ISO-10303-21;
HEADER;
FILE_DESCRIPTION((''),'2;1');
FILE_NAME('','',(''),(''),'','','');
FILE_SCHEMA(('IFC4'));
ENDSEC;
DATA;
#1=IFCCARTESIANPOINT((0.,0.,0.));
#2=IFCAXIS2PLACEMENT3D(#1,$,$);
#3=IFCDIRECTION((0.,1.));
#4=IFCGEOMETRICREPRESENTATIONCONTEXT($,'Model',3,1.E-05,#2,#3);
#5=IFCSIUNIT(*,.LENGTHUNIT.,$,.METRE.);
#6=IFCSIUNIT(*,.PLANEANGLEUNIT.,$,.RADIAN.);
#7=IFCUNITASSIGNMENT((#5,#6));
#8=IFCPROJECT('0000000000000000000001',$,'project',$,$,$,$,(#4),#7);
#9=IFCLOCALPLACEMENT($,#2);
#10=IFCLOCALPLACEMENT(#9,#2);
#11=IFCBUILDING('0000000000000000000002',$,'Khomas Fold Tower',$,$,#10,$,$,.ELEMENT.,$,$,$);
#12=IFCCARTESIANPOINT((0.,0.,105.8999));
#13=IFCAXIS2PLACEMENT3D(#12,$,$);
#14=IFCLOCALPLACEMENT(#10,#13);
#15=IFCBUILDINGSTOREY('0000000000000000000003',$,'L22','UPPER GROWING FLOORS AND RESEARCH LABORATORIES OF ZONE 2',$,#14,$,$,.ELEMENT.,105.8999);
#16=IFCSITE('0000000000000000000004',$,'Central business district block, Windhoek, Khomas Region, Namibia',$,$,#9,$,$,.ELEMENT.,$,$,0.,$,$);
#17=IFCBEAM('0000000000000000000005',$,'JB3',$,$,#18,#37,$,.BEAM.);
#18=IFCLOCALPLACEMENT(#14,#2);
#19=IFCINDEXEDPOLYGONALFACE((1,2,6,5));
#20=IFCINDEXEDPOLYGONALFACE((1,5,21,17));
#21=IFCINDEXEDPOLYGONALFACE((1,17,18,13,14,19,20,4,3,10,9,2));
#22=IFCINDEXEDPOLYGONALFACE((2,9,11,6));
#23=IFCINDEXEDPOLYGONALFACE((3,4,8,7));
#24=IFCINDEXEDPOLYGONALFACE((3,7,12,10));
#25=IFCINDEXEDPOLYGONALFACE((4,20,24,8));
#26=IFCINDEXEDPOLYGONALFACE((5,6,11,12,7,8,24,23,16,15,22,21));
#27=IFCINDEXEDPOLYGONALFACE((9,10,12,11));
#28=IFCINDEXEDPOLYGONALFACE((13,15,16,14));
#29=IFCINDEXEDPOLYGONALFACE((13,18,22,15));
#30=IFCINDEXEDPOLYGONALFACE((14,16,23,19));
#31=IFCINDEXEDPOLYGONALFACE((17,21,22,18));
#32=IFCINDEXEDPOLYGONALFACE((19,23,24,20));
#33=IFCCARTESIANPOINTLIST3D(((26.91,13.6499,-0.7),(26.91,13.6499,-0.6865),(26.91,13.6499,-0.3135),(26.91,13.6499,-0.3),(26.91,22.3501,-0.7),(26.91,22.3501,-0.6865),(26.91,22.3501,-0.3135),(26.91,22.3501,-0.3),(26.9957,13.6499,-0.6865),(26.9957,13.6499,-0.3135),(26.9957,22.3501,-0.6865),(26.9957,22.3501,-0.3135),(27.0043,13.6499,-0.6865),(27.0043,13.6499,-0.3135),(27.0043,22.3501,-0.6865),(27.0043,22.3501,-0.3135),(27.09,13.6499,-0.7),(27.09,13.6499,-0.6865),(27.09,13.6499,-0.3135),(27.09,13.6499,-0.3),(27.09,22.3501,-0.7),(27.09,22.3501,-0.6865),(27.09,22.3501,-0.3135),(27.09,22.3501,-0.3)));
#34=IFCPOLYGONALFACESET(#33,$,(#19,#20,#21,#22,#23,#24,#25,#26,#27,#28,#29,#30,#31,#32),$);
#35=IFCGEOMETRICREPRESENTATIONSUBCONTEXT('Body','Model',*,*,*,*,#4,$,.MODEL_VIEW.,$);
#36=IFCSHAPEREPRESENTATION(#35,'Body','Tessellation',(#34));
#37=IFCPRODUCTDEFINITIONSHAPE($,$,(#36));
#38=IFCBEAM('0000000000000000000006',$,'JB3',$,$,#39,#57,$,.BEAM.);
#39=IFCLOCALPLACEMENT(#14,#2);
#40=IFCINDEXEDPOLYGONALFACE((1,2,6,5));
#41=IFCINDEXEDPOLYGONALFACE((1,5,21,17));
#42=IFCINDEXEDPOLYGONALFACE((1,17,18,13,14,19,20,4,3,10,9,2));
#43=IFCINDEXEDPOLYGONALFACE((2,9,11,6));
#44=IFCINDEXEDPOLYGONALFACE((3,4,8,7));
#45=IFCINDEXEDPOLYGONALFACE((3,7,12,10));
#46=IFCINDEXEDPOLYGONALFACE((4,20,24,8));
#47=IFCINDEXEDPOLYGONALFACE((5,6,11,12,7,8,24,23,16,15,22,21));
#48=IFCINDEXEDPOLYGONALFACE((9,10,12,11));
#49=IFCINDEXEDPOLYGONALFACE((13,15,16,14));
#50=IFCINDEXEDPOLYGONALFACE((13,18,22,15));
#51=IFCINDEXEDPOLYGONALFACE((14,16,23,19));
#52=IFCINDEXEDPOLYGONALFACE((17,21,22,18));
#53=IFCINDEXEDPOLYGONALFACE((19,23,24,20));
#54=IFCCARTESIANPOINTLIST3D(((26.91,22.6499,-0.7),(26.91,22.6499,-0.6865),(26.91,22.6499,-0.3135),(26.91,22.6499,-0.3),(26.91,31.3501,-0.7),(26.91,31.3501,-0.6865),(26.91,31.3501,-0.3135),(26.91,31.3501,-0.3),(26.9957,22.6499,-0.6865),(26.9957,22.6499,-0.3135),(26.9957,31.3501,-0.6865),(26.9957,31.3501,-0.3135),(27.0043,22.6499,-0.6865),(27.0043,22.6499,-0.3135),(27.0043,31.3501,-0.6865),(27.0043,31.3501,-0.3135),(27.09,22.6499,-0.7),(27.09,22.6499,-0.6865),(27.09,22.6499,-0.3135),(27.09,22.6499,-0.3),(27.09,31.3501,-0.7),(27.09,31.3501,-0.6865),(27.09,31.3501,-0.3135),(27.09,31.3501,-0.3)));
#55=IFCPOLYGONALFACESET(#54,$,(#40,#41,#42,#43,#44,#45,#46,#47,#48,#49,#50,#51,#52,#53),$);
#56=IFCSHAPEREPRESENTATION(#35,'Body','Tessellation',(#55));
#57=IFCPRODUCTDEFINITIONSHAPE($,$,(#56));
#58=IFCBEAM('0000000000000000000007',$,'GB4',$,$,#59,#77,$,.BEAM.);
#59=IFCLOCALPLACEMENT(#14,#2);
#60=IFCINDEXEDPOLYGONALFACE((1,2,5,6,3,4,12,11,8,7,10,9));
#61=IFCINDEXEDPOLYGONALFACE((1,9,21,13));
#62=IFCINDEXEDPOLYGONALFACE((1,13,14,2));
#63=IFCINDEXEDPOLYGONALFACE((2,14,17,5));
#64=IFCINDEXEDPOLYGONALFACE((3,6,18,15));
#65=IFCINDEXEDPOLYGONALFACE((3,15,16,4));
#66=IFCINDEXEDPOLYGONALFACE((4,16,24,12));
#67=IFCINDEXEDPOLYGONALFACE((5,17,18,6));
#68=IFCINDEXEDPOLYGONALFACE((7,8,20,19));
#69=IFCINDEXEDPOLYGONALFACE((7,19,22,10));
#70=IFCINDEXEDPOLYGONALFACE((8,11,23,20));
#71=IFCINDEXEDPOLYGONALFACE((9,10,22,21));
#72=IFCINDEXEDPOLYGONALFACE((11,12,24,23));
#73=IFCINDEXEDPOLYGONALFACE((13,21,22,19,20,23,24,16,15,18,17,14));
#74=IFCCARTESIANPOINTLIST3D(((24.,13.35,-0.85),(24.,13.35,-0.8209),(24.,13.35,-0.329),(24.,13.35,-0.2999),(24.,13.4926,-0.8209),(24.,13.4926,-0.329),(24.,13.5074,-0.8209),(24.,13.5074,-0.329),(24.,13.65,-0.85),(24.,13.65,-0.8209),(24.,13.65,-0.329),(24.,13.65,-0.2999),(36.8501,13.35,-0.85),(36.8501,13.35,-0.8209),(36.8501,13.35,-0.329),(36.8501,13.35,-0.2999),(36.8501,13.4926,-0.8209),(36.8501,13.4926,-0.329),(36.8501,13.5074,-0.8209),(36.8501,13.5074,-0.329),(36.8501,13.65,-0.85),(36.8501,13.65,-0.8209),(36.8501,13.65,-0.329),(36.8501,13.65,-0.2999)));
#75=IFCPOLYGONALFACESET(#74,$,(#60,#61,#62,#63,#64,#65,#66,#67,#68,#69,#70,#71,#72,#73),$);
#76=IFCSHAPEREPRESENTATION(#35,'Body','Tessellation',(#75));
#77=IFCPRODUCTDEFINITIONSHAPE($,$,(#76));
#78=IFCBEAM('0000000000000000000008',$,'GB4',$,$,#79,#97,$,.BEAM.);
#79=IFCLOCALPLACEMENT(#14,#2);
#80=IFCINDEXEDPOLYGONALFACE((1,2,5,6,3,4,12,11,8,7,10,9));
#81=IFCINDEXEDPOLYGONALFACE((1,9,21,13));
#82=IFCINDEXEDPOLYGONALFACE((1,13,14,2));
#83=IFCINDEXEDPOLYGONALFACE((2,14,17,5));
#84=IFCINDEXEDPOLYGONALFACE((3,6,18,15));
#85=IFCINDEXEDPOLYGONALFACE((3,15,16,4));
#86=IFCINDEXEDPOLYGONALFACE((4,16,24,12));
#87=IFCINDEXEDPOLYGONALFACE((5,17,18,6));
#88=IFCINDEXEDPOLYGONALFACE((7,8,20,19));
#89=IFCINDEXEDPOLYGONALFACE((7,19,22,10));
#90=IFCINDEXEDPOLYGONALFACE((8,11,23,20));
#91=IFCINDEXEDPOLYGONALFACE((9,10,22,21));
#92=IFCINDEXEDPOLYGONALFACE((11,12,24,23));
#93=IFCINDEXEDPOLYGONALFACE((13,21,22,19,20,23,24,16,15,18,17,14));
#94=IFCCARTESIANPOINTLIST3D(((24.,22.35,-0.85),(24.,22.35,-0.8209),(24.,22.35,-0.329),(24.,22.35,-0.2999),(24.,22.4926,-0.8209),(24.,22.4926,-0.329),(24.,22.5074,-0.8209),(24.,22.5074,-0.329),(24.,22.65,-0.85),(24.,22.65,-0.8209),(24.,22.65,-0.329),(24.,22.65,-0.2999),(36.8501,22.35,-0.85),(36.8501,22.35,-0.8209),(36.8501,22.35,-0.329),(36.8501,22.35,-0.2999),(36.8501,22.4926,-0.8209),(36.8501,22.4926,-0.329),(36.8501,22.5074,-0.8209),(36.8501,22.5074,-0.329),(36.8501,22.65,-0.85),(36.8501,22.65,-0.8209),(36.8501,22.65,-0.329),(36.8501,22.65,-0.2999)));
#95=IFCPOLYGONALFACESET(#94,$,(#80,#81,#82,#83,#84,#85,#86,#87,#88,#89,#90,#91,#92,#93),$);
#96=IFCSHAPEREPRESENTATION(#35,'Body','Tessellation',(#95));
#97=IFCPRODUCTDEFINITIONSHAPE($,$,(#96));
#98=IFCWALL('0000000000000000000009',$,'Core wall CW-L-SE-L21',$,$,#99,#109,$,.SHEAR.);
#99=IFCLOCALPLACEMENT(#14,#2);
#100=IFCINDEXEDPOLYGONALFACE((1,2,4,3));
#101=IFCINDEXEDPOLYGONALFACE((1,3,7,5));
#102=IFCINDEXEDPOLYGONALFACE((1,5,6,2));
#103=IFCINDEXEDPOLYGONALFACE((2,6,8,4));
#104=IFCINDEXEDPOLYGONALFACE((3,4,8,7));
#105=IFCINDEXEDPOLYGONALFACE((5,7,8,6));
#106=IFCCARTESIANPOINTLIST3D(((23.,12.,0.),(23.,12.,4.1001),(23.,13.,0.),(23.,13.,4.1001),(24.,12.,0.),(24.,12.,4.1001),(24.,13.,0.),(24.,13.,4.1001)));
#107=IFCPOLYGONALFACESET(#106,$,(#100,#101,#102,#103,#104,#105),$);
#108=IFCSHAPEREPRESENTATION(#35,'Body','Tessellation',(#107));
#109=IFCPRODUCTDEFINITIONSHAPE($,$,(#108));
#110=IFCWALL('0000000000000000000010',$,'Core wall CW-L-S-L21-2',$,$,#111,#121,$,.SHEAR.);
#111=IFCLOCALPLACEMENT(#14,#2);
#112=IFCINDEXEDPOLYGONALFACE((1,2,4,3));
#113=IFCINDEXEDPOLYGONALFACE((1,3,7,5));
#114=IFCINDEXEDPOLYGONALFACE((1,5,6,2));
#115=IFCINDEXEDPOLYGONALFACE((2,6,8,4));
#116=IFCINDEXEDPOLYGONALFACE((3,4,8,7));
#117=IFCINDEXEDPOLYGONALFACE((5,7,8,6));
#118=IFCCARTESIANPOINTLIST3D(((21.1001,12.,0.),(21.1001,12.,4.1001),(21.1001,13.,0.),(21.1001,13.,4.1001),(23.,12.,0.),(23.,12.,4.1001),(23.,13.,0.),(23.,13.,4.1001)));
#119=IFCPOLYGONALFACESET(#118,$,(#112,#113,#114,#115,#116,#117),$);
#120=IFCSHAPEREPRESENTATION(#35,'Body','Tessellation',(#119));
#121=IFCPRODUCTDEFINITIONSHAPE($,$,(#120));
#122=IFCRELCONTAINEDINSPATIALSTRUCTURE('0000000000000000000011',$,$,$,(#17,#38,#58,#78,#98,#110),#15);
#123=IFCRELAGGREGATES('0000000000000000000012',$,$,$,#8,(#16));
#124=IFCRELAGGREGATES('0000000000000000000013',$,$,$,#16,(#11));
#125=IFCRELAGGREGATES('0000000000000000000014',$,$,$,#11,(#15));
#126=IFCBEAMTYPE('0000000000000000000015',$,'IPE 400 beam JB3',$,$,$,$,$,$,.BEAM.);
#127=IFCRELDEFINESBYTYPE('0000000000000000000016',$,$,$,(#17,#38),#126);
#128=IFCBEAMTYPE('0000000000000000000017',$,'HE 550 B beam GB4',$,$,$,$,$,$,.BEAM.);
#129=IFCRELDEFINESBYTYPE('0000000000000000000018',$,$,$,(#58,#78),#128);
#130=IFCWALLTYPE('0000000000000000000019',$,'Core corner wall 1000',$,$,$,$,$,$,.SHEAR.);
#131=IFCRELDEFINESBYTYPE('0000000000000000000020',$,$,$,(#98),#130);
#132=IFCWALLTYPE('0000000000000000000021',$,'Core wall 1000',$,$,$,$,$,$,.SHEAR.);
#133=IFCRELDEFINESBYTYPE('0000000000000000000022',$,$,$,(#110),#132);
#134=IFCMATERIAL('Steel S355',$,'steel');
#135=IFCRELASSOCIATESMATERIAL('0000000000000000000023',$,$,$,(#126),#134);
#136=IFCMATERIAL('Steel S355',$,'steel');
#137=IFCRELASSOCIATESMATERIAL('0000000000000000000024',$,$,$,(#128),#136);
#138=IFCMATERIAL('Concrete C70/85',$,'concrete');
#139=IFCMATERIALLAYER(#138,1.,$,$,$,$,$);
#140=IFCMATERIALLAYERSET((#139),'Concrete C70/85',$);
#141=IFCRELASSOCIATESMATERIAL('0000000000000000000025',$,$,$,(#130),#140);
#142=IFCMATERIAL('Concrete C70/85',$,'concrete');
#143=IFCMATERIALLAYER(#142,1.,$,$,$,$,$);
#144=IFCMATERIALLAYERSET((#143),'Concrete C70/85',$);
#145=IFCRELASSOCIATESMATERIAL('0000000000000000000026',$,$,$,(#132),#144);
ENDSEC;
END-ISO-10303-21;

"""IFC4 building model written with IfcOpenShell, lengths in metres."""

from ifc_helpers import new_model, si_unit, direction, frame, frame_2d, origin, origin_2d, place, context, subcontext, project, spatial, rectangle, i_section, extrude, source, transform, mapped, material, layer, layer_set, material_profile, profile_set, type_object, element, save


model = new_model("IFC4")

# Units and contexts
model_context = context("Model", 3, precision=1e-05, world=origin(), true_north=direction((0.0, 1.0)))
body_context = subcontext(model_context, "Body", "Model", "MODEL_VIEW")
ifc_project = project(units=[si_unit("LENGTHUNIT", "METRE"), si_unit("PLANEANGLEUNIT", "RADIAN")], contexts=[model_context])

# Site, building, storey
site_placement = place(None, origin())
site = spatial("IfcSite", under=ifc_project, at=site_placement, Name="Central business district block, Windhoek, Khomas Region, Namibia", CompositionType="ELEMENT", RefElevation=0.0)
building_placement = place(site_placement, origin())
building = spatial("IfcBuilding", under=site, at=building_placement, Name="Khomas Fold Tower", CompositionType="ELEMENT")
storey_placement = place(building_placement, frame((0.0, 0.0, 105.8999)))
storey = spatial("IfcBuildingStorey", under=building, at=storey_placement, Name="L22", Description="UPPER GROWING FLOORS AND RESEARCH LABORATORIES OF ZONE 2", CompositionType="ELEMENT", Elevation=105.8999)

# Beams
ifc_material_1 = material(Name="Steel S355", Category="steel")
ifc_material_profile_1 = material_profile(ifc_material_1, i_section(OverallWidth=0.1799, OverallDepth=0.3999, WebThickness=0.0085, FlangeThickness=0.0134, at=origin_2d()), Name="IPE 400")
ifc_profile_set_1 = profile_set([ifc_material_profile_1], Name="Steel S355")
beam_type_1 = type_object("IfcBeamType", Name="IPE 400 beam JB3", PredefinedType="BEAM", material=ifc_profile_set_1)
shared_shape_1 = source(origin(), body_context, "Body", "SweptSolid", [
    extrude(i_section(OverallWidth=0.1799, OverallDepth=0.3999, WebThickness=0.0085, FlangeThickness=0.0134, at=origin_2d()), origin(), (0.0, 0.0, 1.0), 8.7002),
])
for number, where, z_axis, x_axis, name in (
    (1, (27.0, 13.6499, -0.5), (0.0, 1.0, 0.0), (-1.0, 0.0, 0.0), "JB3"),
    (2, (27.0, 22.6499, -0.5), (0.0, 1.0, 0.0), (-1.0, 0.0, 0.0), "JB3"),
):
    element("IfcBeam", number, at=place(storey_placement, frame(where, z_axis=z_axis, x_axis=x_axis)), inside=storey, type_object=beam_type_1, Name=name, PredefinedType="BEAM", context=body_context, shape_type="MappedRepresentation", body=[
        mapped(shared_shape_1, transform((0.0, 0.0, 0.0))),
    ])
ifc_material_2 = material(Name="Steel S355", Category="steel")
ifc_material_profile_2 = material_profile(ifc_material_2, i_section(OverallWidth=0.3, OverallDepth=0.55, WebThickness=0.0149, FlangeThickness=0.0291, at=origin_2d()), Name="HE 550 B")
ifc_profile_set_2 = profile_set([ifc_material_profile_2], Name="Steel S355")
beam_type_2 = type_object("IfcBeamType", Name="HE 550 B beam GB4", PredefinedType="BEAM", material=ifc_profile_set_2)
shared_shape_2 = source(origin(), body_context, "Body", "SweptSolid", [
    extrude(i_section(OverallWidth=0.3, OverallDepth=0.55, WebThickness=0.0149, FlangeThickness=0.0291, at=origin_2d()), origin(), (0.0, 0.0, 1.0), 12.8501),
])
for number, where, z_axis, x_axis, name in (
    (3, (24.0, 13.5, -0.575), (1.0, 0.0, 0.0), (0.0, 1.0, 0.0), "GB4"),
    (4, (24.0, 22.5, -0.575), (1.0, 0.0, 0.0), (0.0, 1.0, 0.0), "GB4"),
):
    element("IfcBeam", number, at=place(storey_placement, frame(where, z_axis=z_axis, x_axis=x_axis)), inside=storey, type_object=beam_type_2, Name=name, PredefinedType="BEAM", context=body_context, shape_type="MappedRepresentation", body=[
        mapped(shared_shape_2, transform((0.0, 0.0, 0.0))),
    ])

# Walls
ifc_material_3 = material(Name="Concrete C70/85", Category="concrete")
ifc_layer_1 = layer(ifc_material_3, 1.0)
ifc_layer_set_1 = layer_set([ifc_layer_1], Name="Concrete C70/85")
wall_type_1 = type_object("IfcWallType", Name="Core corner wall 1000", PredefinedType="SHEAR", material=ifc_layer_set_1)
shared_shape_3 = source(origin(), body_context, "Body", "SweptSolid", [
    extrude(rectangle(XDim=1.0, YDim=1.0, at=frame_2d((0.5, 0.0))), origin(), (0.0, 0.0, 1.0), 4.1001),
])
wall_1_placement = place(storey_placement, frame((23.0, 12.5, 0.0), z_axis=(0.0, 0.0, 1.0), x_axis=(1.0, 0.0, 0.0)))
element("IfcWall", 5, at=wall_1_placement, inside=storey, type_object=wall_type_1, Name="Core wall CW-L-SE-L21", PredefinedType="SHEAR", context=body_context, shape_type="MappedRepresentation", body=[
    mapped(shared_shape_3, transform((0.0, 0.0, 0.0))),
])
ifc_material_4 = material(Name="Concrete C70/85", Category="concrete")
ifc_layer_2 = layer(ifc_material_4, 1.0)
ifc_layer_set_2 = layer_set([ifc_layer_2], Name="Concrete C70/85")
wall_type_2 = type_object("IfcWallType", Name="Core wall 1000", PredefinedType="SHEAR", material=ifc_layer_set_2)
shared_shape_4 = source(origin(), body_context, "Body", "SweptSolid", [
    extrude(rectangle(XDim=1.8999, YDim=1.0, at=frame_2d((0.95, 0.0))), origin(), (0.0, 0.0, 1.0), 4.1001),
])
wall_2_placement = place(storey_placement, frame((21.1001, 12.5, 0.0), z_axis=(0.0, 0.0, 1.0), x_axis=(1.0, 0.0, 0.0)))
element("IfcWall", 6, at=wall_2_placement, inside=storey, type_object=wall_type_2, Name="Core wall CW-L-S-L21-2", PredefinedType="SHEAR", context=body_context, shape_type="MappedRepresentation", body=[
    mapped(shared_shape_4, transform((0.0, 0.0, 0.0))),
])

save(model, "model.ifc")
